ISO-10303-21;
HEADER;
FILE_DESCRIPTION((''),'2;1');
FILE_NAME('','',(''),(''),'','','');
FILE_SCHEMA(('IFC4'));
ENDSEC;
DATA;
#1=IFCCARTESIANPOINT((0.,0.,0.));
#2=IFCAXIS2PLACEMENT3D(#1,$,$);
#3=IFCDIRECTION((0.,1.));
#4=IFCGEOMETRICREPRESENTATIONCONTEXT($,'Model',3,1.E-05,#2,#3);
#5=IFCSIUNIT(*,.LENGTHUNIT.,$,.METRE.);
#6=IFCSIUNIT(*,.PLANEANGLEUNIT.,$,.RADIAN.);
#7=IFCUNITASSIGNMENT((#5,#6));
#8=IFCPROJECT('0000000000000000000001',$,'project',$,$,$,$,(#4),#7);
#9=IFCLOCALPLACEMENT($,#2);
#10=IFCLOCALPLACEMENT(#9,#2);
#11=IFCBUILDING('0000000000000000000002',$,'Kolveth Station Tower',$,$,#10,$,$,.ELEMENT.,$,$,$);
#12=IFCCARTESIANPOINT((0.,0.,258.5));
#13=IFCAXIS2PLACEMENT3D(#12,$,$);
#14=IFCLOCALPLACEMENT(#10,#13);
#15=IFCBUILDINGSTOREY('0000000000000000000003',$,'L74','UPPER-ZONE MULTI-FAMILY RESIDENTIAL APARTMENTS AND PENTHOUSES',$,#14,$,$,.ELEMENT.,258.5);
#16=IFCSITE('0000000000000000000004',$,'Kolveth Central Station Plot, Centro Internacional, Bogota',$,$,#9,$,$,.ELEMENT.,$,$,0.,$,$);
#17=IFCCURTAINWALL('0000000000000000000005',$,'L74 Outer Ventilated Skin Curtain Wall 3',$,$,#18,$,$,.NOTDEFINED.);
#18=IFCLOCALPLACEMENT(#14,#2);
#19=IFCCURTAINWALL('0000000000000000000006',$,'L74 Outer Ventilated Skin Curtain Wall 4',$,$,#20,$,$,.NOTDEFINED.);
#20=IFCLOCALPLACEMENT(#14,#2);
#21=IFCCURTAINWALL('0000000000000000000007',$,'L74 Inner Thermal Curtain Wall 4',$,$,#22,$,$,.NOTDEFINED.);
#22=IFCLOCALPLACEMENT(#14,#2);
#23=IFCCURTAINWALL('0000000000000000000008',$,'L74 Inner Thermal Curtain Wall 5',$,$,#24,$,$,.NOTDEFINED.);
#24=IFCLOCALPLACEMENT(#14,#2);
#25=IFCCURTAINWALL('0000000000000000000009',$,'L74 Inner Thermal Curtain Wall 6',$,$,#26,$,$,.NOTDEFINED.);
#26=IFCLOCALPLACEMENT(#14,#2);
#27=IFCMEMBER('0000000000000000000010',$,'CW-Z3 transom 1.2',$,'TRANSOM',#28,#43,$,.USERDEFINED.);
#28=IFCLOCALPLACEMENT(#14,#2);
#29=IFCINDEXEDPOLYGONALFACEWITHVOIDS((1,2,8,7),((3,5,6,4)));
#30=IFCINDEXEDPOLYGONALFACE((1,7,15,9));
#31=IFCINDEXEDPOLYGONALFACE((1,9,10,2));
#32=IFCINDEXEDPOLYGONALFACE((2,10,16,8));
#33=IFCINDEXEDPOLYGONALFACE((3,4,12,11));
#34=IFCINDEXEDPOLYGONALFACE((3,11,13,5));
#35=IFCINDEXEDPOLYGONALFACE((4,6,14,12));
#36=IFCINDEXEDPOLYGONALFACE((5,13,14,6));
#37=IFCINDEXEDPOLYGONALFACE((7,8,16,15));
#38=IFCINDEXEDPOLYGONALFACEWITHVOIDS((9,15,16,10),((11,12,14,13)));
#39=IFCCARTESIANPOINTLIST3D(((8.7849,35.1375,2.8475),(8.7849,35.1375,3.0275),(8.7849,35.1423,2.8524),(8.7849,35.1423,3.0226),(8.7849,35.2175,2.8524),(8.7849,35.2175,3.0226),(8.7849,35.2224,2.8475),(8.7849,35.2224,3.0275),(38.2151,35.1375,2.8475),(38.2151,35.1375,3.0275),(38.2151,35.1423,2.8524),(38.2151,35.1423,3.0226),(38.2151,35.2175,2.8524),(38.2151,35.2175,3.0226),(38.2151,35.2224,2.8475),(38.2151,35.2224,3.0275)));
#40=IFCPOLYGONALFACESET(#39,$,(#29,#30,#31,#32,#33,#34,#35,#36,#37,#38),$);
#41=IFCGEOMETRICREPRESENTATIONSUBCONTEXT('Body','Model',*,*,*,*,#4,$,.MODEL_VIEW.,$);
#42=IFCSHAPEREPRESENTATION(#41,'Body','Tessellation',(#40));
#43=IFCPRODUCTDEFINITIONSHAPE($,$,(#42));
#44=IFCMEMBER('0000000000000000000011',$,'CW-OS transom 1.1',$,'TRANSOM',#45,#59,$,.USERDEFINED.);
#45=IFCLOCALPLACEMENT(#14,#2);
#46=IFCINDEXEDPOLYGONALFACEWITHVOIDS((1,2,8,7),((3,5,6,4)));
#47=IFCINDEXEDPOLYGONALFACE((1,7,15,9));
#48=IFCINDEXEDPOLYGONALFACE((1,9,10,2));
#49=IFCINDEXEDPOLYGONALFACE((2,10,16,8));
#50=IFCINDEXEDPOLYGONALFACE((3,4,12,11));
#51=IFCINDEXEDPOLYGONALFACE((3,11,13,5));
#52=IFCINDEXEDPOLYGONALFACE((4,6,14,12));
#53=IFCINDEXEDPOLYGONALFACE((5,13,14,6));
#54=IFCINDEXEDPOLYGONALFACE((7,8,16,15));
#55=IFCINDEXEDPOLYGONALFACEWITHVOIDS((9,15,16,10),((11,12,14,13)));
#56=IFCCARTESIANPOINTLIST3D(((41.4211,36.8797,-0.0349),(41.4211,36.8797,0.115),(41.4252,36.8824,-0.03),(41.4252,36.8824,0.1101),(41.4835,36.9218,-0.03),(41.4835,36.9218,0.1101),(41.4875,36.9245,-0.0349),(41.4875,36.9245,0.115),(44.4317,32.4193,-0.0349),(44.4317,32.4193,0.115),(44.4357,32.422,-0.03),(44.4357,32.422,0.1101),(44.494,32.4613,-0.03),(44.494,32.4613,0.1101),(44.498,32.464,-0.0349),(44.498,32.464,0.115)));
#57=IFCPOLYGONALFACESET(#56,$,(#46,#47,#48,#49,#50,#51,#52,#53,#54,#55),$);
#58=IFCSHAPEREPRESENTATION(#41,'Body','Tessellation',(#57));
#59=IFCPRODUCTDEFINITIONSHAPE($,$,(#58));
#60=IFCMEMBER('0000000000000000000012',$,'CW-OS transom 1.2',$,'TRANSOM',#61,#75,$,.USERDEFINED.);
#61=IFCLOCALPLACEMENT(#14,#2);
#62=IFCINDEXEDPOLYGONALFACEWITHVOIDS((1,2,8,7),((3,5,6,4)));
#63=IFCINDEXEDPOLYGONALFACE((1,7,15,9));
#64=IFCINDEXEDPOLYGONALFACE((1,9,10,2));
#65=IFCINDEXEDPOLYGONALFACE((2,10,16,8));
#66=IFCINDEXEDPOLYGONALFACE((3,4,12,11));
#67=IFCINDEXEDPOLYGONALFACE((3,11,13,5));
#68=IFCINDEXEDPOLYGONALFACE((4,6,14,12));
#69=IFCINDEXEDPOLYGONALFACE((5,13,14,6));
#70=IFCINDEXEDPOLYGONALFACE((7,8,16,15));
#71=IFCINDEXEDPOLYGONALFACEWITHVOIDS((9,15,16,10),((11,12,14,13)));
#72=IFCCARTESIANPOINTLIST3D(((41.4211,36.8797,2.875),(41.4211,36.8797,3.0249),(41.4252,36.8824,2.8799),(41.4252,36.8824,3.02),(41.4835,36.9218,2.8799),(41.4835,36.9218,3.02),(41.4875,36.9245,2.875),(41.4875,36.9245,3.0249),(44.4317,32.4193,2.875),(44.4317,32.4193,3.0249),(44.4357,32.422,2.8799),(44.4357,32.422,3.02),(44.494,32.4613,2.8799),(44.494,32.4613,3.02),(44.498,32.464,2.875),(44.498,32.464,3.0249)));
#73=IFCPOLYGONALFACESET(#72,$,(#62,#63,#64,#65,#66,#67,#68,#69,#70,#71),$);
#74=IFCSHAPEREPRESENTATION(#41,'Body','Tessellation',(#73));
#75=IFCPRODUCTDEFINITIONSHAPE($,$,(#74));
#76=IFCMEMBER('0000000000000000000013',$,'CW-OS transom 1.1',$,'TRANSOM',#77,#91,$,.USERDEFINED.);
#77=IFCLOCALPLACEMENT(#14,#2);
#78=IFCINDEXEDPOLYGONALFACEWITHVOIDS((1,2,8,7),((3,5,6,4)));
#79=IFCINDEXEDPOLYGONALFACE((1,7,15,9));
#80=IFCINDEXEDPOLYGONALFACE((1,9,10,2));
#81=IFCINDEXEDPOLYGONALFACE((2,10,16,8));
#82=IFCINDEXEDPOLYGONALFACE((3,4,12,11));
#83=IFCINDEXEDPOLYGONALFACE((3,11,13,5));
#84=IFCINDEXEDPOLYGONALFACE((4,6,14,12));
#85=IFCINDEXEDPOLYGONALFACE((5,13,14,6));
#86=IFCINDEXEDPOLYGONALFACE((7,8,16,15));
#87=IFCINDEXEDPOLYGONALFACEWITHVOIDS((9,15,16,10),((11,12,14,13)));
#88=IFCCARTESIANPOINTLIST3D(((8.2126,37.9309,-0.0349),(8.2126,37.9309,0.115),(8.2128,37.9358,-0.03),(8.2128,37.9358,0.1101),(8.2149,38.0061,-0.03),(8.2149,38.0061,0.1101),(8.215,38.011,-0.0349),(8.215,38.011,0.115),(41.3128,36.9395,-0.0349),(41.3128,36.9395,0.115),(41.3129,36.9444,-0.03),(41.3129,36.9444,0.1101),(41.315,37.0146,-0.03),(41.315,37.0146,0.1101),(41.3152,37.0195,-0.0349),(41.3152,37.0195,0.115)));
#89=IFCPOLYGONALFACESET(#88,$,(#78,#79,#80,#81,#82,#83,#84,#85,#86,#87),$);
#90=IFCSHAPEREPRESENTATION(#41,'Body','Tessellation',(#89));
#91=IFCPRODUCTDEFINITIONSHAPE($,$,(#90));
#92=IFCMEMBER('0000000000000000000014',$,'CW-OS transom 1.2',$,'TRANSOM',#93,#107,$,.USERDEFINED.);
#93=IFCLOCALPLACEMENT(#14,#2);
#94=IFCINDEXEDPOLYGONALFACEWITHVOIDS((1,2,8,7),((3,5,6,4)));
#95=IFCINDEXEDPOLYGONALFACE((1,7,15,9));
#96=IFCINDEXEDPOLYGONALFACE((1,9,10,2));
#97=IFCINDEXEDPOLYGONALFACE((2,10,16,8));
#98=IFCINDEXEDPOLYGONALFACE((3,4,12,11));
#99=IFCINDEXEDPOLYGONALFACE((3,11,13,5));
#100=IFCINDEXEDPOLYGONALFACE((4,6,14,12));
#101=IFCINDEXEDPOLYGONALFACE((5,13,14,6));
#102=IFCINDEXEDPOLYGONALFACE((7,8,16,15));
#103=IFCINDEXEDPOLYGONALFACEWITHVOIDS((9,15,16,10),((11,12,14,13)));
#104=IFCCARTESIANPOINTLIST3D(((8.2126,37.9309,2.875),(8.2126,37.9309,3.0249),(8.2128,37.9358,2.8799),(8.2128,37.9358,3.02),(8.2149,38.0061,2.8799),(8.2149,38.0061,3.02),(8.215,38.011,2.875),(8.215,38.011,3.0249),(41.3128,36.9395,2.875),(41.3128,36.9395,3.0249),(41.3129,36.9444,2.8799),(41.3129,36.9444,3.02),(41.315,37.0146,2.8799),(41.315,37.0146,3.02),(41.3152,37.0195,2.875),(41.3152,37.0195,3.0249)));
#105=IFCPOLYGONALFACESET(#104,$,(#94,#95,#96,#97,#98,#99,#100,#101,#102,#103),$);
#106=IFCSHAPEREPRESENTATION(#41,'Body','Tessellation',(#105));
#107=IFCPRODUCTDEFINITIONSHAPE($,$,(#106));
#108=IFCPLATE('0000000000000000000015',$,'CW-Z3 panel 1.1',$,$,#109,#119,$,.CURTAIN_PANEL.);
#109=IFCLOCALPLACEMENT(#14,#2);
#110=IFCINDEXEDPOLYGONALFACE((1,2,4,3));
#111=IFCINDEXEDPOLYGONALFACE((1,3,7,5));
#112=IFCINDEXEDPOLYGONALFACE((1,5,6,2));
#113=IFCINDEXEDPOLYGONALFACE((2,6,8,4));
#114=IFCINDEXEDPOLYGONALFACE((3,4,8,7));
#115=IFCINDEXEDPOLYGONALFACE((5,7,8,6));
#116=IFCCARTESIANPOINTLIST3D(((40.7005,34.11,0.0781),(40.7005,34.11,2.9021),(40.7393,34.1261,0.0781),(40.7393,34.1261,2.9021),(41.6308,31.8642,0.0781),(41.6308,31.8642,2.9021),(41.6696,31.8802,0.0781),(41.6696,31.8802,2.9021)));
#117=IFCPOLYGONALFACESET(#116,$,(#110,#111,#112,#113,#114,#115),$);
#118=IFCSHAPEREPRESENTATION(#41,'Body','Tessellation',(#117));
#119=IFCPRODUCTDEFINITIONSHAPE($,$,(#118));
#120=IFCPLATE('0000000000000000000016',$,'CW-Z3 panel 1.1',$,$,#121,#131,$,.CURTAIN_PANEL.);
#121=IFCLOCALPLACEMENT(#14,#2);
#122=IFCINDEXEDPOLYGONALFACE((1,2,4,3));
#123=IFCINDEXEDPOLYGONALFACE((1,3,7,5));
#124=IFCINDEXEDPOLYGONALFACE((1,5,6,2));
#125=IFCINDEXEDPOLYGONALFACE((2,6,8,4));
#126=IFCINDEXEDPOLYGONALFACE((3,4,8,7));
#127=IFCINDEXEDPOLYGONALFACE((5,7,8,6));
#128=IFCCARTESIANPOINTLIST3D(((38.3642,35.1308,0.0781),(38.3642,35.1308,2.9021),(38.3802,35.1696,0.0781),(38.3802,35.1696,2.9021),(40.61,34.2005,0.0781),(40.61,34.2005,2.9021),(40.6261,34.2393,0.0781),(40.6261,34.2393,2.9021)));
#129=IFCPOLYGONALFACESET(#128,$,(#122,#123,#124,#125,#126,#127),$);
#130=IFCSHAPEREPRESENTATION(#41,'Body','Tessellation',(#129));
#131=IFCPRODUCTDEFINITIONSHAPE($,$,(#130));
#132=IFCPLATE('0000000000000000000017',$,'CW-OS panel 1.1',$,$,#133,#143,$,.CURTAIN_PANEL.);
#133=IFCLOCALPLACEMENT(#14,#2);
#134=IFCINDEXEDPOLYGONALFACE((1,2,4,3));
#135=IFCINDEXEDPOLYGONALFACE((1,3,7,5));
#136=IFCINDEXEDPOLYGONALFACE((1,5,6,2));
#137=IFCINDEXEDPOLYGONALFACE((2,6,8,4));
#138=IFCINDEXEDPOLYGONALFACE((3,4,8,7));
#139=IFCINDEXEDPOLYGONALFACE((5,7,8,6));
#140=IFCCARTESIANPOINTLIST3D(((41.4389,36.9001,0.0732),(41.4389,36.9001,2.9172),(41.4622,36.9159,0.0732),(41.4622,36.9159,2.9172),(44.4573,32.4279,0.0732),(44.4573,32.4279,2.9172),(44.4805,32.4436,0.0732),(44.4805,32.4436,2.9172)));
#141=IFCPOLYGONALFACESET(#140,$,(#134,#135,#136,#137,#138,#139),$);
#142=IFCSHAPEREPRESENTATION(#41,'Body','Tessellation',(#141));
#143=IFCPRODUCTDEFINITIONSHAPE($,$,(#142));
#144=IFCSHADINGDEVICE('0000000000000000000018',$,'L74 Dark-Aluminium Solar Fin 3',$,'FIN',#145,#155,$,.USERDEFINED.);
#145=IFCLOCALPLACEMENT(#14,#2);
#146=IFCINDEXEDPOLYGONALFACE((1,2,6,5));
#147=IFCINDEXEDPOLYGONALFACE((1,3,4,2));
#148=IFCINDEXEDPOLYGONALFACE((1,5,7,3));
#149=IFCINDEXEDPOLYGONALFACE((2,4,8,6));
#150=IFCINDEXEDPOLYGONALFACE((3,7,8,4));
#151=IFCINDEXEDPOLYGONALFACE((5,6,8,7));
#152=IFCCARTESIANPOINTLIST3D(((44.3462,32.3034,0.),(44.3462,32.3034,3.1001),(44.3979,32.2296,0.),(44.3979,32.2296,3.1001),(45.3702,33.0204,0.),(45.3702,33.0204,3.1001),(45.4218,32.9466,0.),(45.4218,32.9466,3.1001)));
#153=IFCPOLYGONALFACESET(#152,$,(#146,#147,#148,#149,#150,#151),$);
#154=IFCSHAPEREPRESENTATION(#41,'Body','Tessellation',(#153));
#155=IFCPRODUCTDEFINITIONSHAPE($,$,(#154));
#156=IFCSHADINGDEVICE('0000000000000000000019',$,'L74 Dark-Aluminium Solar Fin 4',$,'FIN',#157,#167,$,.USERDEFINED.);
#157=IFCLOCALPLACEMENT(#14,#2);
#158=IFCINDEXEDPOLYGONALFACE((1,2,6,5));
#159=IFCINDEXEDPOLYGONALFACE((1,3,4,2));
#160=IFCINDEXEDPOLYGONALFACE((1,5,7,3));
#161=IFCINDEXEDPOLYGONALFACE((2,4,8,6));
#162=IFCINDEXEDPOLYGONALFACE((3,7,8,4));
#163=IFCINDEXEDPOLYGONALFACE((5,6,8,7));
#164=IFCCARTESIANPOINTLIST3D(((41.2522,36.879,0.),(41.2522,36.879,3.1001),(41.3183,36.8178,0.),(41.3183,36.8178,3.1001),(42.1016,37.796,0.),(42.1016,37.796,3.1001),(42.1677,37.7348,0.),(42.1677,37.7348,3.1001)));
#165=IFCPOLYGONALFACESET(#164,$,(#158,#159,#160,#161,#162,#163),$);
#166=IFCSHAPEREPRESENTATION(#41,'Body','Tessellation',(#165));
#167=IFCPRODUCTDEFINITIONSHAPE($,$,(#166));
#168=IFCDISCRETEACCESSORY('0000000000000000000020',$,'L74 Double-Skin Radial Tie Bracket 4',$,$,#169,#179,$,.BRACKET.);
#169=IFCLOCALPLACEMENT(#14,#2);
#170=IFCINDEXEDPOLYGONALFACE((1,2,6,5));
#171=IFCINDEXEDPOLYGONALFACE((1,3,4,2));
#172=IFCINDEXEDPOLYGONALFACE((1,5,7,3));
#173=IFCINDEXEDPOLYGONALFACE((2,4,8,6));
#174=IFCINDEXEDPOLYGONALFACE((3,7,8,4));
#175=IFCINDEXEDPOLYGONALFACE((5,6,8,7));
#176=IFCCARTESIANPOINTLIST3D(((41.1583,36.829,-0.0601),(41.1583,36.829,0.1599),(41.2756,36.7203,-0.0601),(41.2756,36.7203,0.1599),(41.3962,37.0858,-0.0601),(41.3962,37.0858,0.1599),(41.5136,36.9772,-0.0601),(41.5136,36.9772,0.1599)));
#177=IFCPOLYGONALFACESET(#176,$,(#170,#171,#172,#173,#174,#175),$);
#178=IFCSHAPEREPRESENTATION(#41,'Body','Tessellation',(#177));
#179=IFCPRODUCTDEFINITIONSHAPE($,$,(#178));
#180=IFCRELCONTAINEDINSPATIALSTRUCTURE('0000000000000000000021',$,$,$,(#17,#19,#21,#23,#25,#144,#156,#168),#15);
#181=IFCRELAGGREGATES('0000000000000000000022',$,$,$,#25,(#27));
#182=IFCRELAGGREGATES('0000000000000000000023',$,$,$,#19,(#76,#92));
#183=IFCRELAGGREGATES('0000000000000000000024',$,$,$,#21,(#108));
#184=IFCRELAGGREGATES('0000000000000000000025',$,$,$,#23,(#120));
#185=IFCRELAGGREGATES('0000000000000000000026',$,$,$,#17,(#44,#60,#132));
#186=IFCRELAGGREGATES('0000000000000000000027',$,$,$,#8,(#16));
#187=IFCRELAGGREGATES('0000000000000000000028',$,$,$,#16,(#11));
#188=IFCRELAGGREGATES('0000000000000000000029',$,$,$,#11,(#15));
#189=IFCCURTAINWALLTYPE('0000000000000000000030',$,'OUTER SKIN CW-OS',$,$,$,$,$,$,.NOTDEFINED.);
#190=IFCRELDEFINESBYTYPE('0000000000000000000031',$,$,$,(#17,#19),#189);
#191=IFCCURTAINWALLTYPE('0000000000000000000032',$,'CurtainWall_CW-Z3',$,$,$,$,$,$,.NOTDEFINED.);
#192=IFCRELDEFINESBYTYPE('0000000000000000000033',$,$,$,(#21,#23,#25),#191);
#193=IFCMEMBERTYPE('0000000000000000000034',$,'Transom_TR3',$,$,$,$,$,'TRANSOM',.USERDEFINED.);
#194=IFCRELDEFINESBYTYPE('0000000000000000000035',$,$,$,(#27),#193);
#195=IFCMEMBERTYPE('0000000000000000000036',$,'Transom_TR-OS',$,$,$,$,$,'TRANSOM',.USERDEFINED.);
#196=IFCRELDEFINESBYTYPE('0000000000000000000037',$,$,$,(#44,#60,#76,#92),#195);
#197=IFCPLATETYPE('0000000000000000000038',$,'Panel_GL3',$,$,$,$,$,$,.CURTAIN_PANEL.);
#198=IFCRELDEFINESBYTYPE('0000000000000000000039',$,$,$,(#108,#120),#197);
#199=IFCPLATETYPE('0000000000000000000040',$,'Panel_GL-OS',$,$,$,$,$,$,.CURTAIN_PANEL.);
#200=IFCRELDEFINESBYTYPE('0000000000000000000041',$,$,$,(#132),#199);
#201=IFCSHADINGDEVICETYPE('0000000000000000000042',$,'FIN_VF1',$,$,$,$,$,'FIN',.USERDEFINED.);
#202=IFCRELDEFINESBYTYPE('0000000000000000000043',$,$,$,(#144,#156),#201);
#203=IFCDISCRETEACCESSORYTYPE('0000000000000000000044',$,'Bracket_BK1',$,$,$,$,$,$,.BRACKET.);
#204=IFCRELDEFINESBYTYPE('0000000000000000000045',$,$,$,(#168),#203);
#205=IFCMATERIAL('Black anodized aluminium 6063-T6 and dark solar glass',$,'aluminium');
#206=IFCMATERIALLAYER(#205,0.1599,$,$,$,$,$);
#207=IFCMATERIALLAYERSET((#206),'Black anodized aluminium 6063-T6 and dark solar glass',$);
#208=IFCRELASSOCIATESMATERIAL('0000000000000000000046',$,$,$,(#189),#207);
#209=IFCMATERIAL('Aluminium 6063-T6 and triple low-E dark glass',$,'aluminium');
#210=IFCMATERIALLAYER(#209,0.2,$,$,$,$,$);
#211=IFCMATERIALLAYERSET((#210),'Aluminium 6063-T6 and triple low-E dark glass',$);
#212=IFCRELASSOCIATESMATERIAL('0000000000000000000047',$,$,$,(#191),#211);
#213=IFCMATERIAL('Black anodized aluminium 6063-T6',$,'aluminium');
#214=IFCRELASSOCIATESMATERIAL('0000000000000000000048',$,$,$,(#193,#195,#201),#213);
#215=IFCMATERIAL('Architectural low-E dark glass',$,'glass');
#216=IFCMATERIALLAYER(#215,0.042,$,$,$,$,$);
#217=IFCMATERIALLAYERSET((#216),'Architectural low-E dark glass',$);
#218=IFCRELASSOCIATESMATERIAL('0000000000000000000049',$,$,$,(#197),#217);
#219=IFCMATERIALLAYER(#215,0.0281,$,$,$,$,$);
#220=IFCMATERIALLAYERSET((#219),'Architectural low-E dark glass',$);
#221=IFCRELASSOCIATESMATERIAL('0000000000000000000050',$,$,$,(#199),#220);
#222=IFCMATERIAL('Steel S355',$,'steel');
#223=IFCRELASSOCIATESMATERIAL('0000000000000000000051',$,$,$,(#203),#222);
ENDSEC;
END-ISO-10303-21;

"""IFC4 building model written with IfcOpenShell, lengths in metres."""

from ifc_helpers import new_model, si_unit, direction, frame, origin, origin_2d, place, context, subcontext, project, spatial, rectangle, hollow_rectangle, extrude, source, transform, mapped, material, layer, layer_set, material_profile, profile_set, type_object, element, aggregate, save


model = new_model("IFC4")

# Units and contexts
model_context = context("Model", 3, precision=1e-05, world=origin(), true_north=direction((0.0, 1.0)))
body_context = subcontext(model_context, "Body", "Model", "MODEL_VIEW")
ifc_project = project(units=[si_unit("LENGTHUNIT", "METRE"), si_unit("PLANEANGLEUNIT", "RADIAN")], contexts=[model_context])

# Site, building, storey
site_placement = place(None, origin())
site = spatial("IfcSite", under=ifc_project, at=site_placement, Name="Kolveth Central Station Plot, Centro Internacional, Bogota", CompositionType="ELEMENT", RefElevation=0.0)
building_placement = place(site_placement, origin())
building = spatial("IfcBuilding", under=site, at=building_placement, Name="Kolveth Station Tower", CompositionType="ELEMENT")
storey_placement = place(building_placement, frame((0.0, 0.0, 258.5)))
storey = spatial("IfcBuildingStorey", under=building, at=storey_placement, Name="L74", Description="UPPER-ZONE MULTI-FAMILY RESIDENTIAL APARTMENTS AND PENTHOUSES", CompositionType="ELEMENT", Elevation=258.5)

# Shared definitions
ifc_material_1 = material(Name="Steel S355", Category="steel")

# Curtain walls
ifc_material_2 = material(Name="Black anodized aluminium 6063-T6 and dark solar glass", Category="aluminium")
ifc_layer_1 = layer(ifc_material_2, 0.1599)
ifc_layer_set_1 = layer_set([ifc_layer_1], Name="Black anodized aluminium 6063-T6 and dark solar glass")
curtain_wall_type_1 = type_object("IfcCurtainWallType", Name="OUTER SKIN CW-OS", PredefinedType="NOTDEFINED", material=ifc_layer_set_1)
curtain_wall_1_placement = place(storey_placement, origin())
curtain_wall_1 = element("IfcCurtainWall", 1, at=curtain_wall_1_placement, inside=storey, type_object=curtain_wall_type_1, Name="L74 Outer Ventilated Skin Curtain Wall 3", PredefinedType="NOTDEFINED")
ifc_material_3 = material(Name="Black anodized aluminium 6063-T6", Category="aluminium")
curtain_wall_2_placement = place(storey_placement, origin())
curtain_wall_2 = element("IfcCurtainWall", 2, at=curtain_wall_2_placement, inside=storey, type_object=curtain_wall_type_1, Name="L74 Outer Ventilated Skin Curtain Wall 4", PredefinedType="NOTDEFINED")
ifc_material_4 = material(Name="Aluminium 6063-T6 and triple low-E dark glass", Category="aluminium")
ifc_layer_2 = layer(ifc_material_4, 0.2)
ifc_layer_set_2 = layer_set([ifc_layer_2], Name="Aluminium 6063-T6 and triple low-E dark glass")
curtain_wall_type_2 = type_object("IfcCurtainWallType", Name="CurtainWall_CW-Z3", PredefinedType="NOTDEFINED", material=ifc_layer_set_2)
curtain_wall_3_placement = place(storey_placement, origin())
curtain_wall_3 = element("IfcCurtainWall", 3, at=curtain_wall_3_placement, inside=storey, type_object=curtain_wall_type_2, Name="L74 Inner Thermal Curtain Wall 4", PredefinedType="NOTDEFINED")

# Curtain wall
curtain_wall_4_placement = place(storey_placement, origin())
curtain_wall_4 = element("IfcCurtainWall", 4, at=curtain_wall_4_placement, inside=storey, type_object=curtain_wall_type_2, Name="L74 Inner Thermal Curtain Wall 5", PredefinedType="NOTDEFINED")

# Curtain wall
curtain_wall_5_placement = place(storey_placement, origin())
curtain_wall_5 = element("IfcCurtainWall", 5, at=curtain_wall_5_placement, inside=storey, type_object=curtain_wall_type_2, Name="L74 Inner Thermal Curtain Wall 6", PredefinedType="NOTDEFINED")

# Members
ifc_material_profile_1 = material_profile(ifc_material_3, hollow_rectangle(XDim=0.085, YDim=0.1799, WallThickness=0.0049, at=origin_2d()), Name="ALU-85x180x5")
ifc_profile_set_1 = profile_set([ifc_material_profile_1], Name="Black anodized aluminium 6063-T6")
member_type_1 = type_object("IfcMemberType", Name="Transom_TR3", ElementType="TRANSOM", PredefinedType="USERDEFINED", material=ifc_profile_set_1)
shared_shape_1 = source(origin(), body_context, "Body", "SweptSolid", [
    extrude(hollow_rectangle(XDim=0.085, YDim=0.1799, WallThickness=0.0049, at=origin_2d()), origin(), (0.0, 0.0, 1.0), 29.4302),
])
member_1_placement = place(storey_placement, frame((38.2151, 35.1799, 2.9375), z_axis=(-1.0, 0.0, 0.0), x_axis=(0.0, -1.0, 0.0)))
member_1 = element("IfcMember", 6, at=member_1_placement, type_object=member_type_1, Name="CW-Z3 transom 1.2", ObjectType="TRANSOM", PredefinedType="USERDEFINED", context=body_context, shape_type="MappedRepresentation", body=[
    mapped(shared_shape_1, transform((0.0, 0.0, 0.0), x_axis=(1.0, 0.0, 0.0), y_axis=(0.0, 1.0, 0.0), z_axis=(0.0, 0.0, 1.0), scale=1.0)),
])
aggregate(curtain_wall_5, [member_1])
ifc_material_profile_2 = material_profile(ifc_material_3, hollow_rectangle(XDim=0.0801, YDim=0.1499, WallThickness=0.0049, at=origin_2d()), Name="ALU-80x150x5")
ifc_profile_set_2 = profile_set([ifc_material_profile_2], Name="Black anodized aluminium 6063-T6")
member_type_2 = type_object("IfcMemberType", Name="Transom_TR-OS", ElementType="TRANSOM", PredefinedType="USERDEFINED", material=ifc_profile_set_2)
shared_shape_2 = source(origin(), body_context, "Body", "SweptSolid", [
    extrude(hollow_rectangle(XDim=0.0801, YDim=0.1499, WallThickness=0.0049, at=origin_2d()), origin(), (0.0, 0.0, 1.0), 5.3813),
])
member_2_placement = place(storey_placement, frame((44.4648, 32.4417, 0.04), z_axis=(-0.559434, 0.828875, 0.0), x_axis=(-0.828875, -0.559434, 0.0)))
member_2 = element("IfcMember", 7, at=member_2_placement, type_object=member_type_2, Name="CW-OS transom 1.1", ObjectType="TRANSOM", PredefinedType="USERDEFINED", context=body_context, shape_type="MappedRepresentation", body=[
    mapped(shared_shape_2, transform((0.0, 0.0, 0.0), x_axis=(1.0, 0.0, 0.0), y_axis=(0.0, 1.0, 0.0), z_axis=(0.0, 0.0, 1.0), scale=1.0)),
])
member_3_placement = place(storey_placement, frame((44.4648, 32.4417, 2.95), z_axis=(-0.559434, 0.828875, 0.0), x_axis=(-0.828875, -0.559434, 0.0)))
member_3 = element("IfcMember", 8, at=member_3_placement, type_object=member_type_2, Name="CW-OS transom 1.2", ObjectType="TRANSOM", PredefinedType="USERDEFINED", context=body_context, shape_type="MappedRepresentation", body=[
    mapped(shared_shape_2, transform((0.0, 0.0, 0.0), x_axis=(1.0, 0.0, 0.0), y_axis=(0.0, 1.0, 0.0), z_axis=(0.0, 0.0, 1.0), scale=1.0)),
])
shared_shape_3 = source(origin(), body_context, "Body", "SweptSolid", [
    extrude(hollow_rectangle(XDim=0.0801, YDim=0.1499, WallThickness=0.0049, at=origin_2d()), origin(), (0.0, 0.0, 1.0), 33.115),
])
member_4_placement = place(storey_placement, frame((41.314, 36.9795, 0.04), z_axis=(-0.999552, 0.02994, 0.0), x_axis=(-0.02994, -0.999552, 0.0)))
member_4 = element("IfcMember", 9, at=member_4_placement, type_object=member_type_2, Name="CW-OS transom 1.1", ObjectType="TRANSOM", PredefinedType="USERDEFINED", context=body_context, shape_type="MappedRepresentation", body=[
    mapped(shared_shape_3, transform((0.0, 0.0, 0.0), x_axis=(1.0, 0.0, 0.0), y_axis=(0.0, 1.0, 0.0), z_axis=(0.0, 0.0, 1.0), scale=1.0)),
])
member_5_placement = place(storey_placement, frame((41.314, 36.9795, 2.95), z_axis=(-0.999552, 0.02994, 0.0), x_axis=(-0.02994, -0.999552, 0.0)))
member_5 = element("IfcMember", 10, at=member_5_placement, type_object=member_type_2, Name="CW-OS transom 1.2", ObjectType="TRANSOM", PredefinedType="USERDEFINED", context=body_context, shape_type="MappedRepresentation", body=[
    mapped(shared_shape_3, transform((0.0, 0.0, 0.0), x_axis=(1.0, 0.0, 0.0), y_axis=(0.0, 1.0, 0.0), z_axis=(0.0, 0.0, 1.0), scale=1.0)),
])
aggregate(curtain_wall_2, [member_4, member_5])

# Plates
ifc_material_5 = material(Name="Architectural low-E dark glass", Category="glass")
ifc_layer_3 = layer(ifc_material_5, 0.042)
ifc_layer_set_3 = layer_set([ifc_layer_3], Name="Architectural low-E dark glass")
plate_type_1 = type_object("IfcPlateType", Name="Panel_GL3", PredefinedType="CURTAIN_PANEL", material=ifc_layer_set_3)
shared_shape_4 = source(origin(), body_context, "Body", "SweptSolid", [
    extrude(rectangle(XDim=2.4309, YDim=0.042, at=origin_2d()), origin(), (0.0, 0.0, 1.0), 2.824),
])
plate_1_placement = place(storey_placement, frame((41.1851, 32.9951, 0.0781), z_axis=(0.0, 0.0, 1.0), x_axis=(-0.382693, 0.923875, 0.0)))
plate_1 = element("IfcPlate", 11, at=plate_1_placement, type_object=plate_type_1, Name="CW-Z3 panel 1.1", PredefinedType="CURTAIN_PANEL", context=body_context, shape_type="MappedRepresentation", body=[
    mapped(shared_shape_4, transform((0.0, 0.0, 0.0), x_axis=(1.0, 0.0, 0.0), y_axis=(0.0, 1.0, 0.0), z_axis=(0.0, 0.0, 1.0), scale=1.0)),
])
aggregate(curtain_wall_3, [plate_1])
plate_2_placement = place(storey_placement, frame((39.4951, 34.6851, 0.0781), z_axis=(0.0, 0.0, 1.0), x_axis=(-0.923875, 0.382693, 0.0)))
plate_2 = element("IfcPlate", 12, at=plate_2_placement, type_object=plate_type_1, Name="CW-Z3 panel 1.1", PredefinedType="CURTAIN_PANEL", context=body_context, shape_type="MappedRepresentation", body=[
    mapped(shared_shape_4, transform((0.0, 0.0, 0.0), x_axis=(1.0, 0.0, 0.0), y_axis=(0.0, 1.0, 0.0), z_axis=(0.0, 0.0, 1.0), scale=1.0)),
])
aggregate(curtain_wall_4, [plate_2])
ifc_layer_4 = layer(ifc_material_5, 0.0281)
ifc_layer_set_4 = layer_set([ifc_layer_4], Name="Architectural low-E dark glass")
plate_type_2 = type_object("IfcPlateType", Name="Panel_GL-OS", PredefinedType="CURTAIN_PANEL", material=ifc_layer_set_4)
shared_shape_5 = source(origin(), body_context, "Body", "SweptSolid", [
    extrude(rectangle(XDim=5.3955, YDim=0.0281, at=origin_2d()), origin(), (0.0, 0.0, 1.0), 2.844),
])
plate_3_placement = place(storey_placement, frame((42.9597, 34.6719, 0.0732), z_axis=(0.0, 0.0, 1.0), x_axis=(-0.559422, 0.828883, 0.0)))
plate_3 = element("IfcPlate", 13, at=plate_3_placement, type_object=plate_type_2, Name="CW-OS panel 1.1", PredefinedType="CURTAIN_PANEL", context=body_context, shape_type="MappedRepresentation", body=[
    mapped(shared_shape_5, transform((0.0, 0.0, 0.0), x_axis=(1.0, 0.0, 0.0), y_axis=(0.0, 1.0, 0.0), z_axis=(0.0, 0.0, 1.0), scale=1.0)),
])
aggregate(curtain_wall_1, [member_2, member_3, plate_3])

# Shading devices
shading_device_type = type_object("IfcShadingDeviceType", Name="FIN_VF1", ElementType="FIN", PredefinedType="USERDEFINED", material=ifc_material_3)
shared_shape_6 = source(origin(), body_context, "Body", "SweptSolid", [
    extrude(rectangle(XDim=1.25, YDim=0.0901, at=origin_2d()), origin(), (0.0, 0.0, 1.0), 3.1001),
])
for number, where, z_axis, x_axis, name in (
    (14, (44.884, 32.625, 0.0), (0.0, 0.0, 1.0), (0.819152, 0.573576, 0.0), "L74 Dark-Aluminium Solar Fin 3"),
    (15, (41.71, 37.3069, 0.0), (0.0, 0.0, 1.0), (0.679569, 0.733611, 0.0), "L74 Dark-Aluminium Solar Fin 4"),
):
    element("IfcShadingDevice", number, at=place(storey_placement, frame(where, z_axis=z_axis, x_axis=x_axis)), inside=storey, type_object=shading_device_type, Name=name, ObjectType="FIN", PredefinedType="USERDEFINED", context=body_context, shape_type="MappedRepresentation", body=[
        mapped(shared_shape_6, transform((0.0, 0.0, 0.0), x_axis=(1.0, 0.0, 0.0), y_axis=(0.0, 1.0, 0.0), z_axis=(0.0, 0.0, 1.0), scale=1.0)),
    ])

# Discrete accessory
discrete_accessory_type = type_object("IfcDiscreteAccessoryType", Name="Bracket_BK1", PredefinedType="BRACKET", material=ifc_material_1)
shared_shape_7 = source(origin(), body_context, "Body", "SweptSolid", [
    extrude(rectangle(XDim=0.3501, YDim=0.1599, at=origin_2d()), origin(), (0.0, 0.0, 1.0), 0.22),
])
discrete_accessory_placement = place(storey_placement, frame((41.3359, 36.9031, -0.0601), z_axis=(0.0, 0.0, 1.0), x_axis=(0.679569, 0.733611, 0.0)))
element("IfcDiscreteAccessory", 16, at=discrete_accessory_placement, inside=storey, type_object=discrete_accessory_type, Name="L74 Double-Skin Radial Tie Bracket 4", PredefinedType="BRACKET", context=body_context, shape_type="MappedRepresentation", body=[
    mapped(shared_shape_7, transform((0.0, 0.0, 0.0), x_axis=(1.0, 0.0, 0.0), y_axis=(0.0, 1.0, 0.0), z_axis=(0.0, 0.0, 1.0), scale=1.0)),
])

save(model, "model.ifc")
